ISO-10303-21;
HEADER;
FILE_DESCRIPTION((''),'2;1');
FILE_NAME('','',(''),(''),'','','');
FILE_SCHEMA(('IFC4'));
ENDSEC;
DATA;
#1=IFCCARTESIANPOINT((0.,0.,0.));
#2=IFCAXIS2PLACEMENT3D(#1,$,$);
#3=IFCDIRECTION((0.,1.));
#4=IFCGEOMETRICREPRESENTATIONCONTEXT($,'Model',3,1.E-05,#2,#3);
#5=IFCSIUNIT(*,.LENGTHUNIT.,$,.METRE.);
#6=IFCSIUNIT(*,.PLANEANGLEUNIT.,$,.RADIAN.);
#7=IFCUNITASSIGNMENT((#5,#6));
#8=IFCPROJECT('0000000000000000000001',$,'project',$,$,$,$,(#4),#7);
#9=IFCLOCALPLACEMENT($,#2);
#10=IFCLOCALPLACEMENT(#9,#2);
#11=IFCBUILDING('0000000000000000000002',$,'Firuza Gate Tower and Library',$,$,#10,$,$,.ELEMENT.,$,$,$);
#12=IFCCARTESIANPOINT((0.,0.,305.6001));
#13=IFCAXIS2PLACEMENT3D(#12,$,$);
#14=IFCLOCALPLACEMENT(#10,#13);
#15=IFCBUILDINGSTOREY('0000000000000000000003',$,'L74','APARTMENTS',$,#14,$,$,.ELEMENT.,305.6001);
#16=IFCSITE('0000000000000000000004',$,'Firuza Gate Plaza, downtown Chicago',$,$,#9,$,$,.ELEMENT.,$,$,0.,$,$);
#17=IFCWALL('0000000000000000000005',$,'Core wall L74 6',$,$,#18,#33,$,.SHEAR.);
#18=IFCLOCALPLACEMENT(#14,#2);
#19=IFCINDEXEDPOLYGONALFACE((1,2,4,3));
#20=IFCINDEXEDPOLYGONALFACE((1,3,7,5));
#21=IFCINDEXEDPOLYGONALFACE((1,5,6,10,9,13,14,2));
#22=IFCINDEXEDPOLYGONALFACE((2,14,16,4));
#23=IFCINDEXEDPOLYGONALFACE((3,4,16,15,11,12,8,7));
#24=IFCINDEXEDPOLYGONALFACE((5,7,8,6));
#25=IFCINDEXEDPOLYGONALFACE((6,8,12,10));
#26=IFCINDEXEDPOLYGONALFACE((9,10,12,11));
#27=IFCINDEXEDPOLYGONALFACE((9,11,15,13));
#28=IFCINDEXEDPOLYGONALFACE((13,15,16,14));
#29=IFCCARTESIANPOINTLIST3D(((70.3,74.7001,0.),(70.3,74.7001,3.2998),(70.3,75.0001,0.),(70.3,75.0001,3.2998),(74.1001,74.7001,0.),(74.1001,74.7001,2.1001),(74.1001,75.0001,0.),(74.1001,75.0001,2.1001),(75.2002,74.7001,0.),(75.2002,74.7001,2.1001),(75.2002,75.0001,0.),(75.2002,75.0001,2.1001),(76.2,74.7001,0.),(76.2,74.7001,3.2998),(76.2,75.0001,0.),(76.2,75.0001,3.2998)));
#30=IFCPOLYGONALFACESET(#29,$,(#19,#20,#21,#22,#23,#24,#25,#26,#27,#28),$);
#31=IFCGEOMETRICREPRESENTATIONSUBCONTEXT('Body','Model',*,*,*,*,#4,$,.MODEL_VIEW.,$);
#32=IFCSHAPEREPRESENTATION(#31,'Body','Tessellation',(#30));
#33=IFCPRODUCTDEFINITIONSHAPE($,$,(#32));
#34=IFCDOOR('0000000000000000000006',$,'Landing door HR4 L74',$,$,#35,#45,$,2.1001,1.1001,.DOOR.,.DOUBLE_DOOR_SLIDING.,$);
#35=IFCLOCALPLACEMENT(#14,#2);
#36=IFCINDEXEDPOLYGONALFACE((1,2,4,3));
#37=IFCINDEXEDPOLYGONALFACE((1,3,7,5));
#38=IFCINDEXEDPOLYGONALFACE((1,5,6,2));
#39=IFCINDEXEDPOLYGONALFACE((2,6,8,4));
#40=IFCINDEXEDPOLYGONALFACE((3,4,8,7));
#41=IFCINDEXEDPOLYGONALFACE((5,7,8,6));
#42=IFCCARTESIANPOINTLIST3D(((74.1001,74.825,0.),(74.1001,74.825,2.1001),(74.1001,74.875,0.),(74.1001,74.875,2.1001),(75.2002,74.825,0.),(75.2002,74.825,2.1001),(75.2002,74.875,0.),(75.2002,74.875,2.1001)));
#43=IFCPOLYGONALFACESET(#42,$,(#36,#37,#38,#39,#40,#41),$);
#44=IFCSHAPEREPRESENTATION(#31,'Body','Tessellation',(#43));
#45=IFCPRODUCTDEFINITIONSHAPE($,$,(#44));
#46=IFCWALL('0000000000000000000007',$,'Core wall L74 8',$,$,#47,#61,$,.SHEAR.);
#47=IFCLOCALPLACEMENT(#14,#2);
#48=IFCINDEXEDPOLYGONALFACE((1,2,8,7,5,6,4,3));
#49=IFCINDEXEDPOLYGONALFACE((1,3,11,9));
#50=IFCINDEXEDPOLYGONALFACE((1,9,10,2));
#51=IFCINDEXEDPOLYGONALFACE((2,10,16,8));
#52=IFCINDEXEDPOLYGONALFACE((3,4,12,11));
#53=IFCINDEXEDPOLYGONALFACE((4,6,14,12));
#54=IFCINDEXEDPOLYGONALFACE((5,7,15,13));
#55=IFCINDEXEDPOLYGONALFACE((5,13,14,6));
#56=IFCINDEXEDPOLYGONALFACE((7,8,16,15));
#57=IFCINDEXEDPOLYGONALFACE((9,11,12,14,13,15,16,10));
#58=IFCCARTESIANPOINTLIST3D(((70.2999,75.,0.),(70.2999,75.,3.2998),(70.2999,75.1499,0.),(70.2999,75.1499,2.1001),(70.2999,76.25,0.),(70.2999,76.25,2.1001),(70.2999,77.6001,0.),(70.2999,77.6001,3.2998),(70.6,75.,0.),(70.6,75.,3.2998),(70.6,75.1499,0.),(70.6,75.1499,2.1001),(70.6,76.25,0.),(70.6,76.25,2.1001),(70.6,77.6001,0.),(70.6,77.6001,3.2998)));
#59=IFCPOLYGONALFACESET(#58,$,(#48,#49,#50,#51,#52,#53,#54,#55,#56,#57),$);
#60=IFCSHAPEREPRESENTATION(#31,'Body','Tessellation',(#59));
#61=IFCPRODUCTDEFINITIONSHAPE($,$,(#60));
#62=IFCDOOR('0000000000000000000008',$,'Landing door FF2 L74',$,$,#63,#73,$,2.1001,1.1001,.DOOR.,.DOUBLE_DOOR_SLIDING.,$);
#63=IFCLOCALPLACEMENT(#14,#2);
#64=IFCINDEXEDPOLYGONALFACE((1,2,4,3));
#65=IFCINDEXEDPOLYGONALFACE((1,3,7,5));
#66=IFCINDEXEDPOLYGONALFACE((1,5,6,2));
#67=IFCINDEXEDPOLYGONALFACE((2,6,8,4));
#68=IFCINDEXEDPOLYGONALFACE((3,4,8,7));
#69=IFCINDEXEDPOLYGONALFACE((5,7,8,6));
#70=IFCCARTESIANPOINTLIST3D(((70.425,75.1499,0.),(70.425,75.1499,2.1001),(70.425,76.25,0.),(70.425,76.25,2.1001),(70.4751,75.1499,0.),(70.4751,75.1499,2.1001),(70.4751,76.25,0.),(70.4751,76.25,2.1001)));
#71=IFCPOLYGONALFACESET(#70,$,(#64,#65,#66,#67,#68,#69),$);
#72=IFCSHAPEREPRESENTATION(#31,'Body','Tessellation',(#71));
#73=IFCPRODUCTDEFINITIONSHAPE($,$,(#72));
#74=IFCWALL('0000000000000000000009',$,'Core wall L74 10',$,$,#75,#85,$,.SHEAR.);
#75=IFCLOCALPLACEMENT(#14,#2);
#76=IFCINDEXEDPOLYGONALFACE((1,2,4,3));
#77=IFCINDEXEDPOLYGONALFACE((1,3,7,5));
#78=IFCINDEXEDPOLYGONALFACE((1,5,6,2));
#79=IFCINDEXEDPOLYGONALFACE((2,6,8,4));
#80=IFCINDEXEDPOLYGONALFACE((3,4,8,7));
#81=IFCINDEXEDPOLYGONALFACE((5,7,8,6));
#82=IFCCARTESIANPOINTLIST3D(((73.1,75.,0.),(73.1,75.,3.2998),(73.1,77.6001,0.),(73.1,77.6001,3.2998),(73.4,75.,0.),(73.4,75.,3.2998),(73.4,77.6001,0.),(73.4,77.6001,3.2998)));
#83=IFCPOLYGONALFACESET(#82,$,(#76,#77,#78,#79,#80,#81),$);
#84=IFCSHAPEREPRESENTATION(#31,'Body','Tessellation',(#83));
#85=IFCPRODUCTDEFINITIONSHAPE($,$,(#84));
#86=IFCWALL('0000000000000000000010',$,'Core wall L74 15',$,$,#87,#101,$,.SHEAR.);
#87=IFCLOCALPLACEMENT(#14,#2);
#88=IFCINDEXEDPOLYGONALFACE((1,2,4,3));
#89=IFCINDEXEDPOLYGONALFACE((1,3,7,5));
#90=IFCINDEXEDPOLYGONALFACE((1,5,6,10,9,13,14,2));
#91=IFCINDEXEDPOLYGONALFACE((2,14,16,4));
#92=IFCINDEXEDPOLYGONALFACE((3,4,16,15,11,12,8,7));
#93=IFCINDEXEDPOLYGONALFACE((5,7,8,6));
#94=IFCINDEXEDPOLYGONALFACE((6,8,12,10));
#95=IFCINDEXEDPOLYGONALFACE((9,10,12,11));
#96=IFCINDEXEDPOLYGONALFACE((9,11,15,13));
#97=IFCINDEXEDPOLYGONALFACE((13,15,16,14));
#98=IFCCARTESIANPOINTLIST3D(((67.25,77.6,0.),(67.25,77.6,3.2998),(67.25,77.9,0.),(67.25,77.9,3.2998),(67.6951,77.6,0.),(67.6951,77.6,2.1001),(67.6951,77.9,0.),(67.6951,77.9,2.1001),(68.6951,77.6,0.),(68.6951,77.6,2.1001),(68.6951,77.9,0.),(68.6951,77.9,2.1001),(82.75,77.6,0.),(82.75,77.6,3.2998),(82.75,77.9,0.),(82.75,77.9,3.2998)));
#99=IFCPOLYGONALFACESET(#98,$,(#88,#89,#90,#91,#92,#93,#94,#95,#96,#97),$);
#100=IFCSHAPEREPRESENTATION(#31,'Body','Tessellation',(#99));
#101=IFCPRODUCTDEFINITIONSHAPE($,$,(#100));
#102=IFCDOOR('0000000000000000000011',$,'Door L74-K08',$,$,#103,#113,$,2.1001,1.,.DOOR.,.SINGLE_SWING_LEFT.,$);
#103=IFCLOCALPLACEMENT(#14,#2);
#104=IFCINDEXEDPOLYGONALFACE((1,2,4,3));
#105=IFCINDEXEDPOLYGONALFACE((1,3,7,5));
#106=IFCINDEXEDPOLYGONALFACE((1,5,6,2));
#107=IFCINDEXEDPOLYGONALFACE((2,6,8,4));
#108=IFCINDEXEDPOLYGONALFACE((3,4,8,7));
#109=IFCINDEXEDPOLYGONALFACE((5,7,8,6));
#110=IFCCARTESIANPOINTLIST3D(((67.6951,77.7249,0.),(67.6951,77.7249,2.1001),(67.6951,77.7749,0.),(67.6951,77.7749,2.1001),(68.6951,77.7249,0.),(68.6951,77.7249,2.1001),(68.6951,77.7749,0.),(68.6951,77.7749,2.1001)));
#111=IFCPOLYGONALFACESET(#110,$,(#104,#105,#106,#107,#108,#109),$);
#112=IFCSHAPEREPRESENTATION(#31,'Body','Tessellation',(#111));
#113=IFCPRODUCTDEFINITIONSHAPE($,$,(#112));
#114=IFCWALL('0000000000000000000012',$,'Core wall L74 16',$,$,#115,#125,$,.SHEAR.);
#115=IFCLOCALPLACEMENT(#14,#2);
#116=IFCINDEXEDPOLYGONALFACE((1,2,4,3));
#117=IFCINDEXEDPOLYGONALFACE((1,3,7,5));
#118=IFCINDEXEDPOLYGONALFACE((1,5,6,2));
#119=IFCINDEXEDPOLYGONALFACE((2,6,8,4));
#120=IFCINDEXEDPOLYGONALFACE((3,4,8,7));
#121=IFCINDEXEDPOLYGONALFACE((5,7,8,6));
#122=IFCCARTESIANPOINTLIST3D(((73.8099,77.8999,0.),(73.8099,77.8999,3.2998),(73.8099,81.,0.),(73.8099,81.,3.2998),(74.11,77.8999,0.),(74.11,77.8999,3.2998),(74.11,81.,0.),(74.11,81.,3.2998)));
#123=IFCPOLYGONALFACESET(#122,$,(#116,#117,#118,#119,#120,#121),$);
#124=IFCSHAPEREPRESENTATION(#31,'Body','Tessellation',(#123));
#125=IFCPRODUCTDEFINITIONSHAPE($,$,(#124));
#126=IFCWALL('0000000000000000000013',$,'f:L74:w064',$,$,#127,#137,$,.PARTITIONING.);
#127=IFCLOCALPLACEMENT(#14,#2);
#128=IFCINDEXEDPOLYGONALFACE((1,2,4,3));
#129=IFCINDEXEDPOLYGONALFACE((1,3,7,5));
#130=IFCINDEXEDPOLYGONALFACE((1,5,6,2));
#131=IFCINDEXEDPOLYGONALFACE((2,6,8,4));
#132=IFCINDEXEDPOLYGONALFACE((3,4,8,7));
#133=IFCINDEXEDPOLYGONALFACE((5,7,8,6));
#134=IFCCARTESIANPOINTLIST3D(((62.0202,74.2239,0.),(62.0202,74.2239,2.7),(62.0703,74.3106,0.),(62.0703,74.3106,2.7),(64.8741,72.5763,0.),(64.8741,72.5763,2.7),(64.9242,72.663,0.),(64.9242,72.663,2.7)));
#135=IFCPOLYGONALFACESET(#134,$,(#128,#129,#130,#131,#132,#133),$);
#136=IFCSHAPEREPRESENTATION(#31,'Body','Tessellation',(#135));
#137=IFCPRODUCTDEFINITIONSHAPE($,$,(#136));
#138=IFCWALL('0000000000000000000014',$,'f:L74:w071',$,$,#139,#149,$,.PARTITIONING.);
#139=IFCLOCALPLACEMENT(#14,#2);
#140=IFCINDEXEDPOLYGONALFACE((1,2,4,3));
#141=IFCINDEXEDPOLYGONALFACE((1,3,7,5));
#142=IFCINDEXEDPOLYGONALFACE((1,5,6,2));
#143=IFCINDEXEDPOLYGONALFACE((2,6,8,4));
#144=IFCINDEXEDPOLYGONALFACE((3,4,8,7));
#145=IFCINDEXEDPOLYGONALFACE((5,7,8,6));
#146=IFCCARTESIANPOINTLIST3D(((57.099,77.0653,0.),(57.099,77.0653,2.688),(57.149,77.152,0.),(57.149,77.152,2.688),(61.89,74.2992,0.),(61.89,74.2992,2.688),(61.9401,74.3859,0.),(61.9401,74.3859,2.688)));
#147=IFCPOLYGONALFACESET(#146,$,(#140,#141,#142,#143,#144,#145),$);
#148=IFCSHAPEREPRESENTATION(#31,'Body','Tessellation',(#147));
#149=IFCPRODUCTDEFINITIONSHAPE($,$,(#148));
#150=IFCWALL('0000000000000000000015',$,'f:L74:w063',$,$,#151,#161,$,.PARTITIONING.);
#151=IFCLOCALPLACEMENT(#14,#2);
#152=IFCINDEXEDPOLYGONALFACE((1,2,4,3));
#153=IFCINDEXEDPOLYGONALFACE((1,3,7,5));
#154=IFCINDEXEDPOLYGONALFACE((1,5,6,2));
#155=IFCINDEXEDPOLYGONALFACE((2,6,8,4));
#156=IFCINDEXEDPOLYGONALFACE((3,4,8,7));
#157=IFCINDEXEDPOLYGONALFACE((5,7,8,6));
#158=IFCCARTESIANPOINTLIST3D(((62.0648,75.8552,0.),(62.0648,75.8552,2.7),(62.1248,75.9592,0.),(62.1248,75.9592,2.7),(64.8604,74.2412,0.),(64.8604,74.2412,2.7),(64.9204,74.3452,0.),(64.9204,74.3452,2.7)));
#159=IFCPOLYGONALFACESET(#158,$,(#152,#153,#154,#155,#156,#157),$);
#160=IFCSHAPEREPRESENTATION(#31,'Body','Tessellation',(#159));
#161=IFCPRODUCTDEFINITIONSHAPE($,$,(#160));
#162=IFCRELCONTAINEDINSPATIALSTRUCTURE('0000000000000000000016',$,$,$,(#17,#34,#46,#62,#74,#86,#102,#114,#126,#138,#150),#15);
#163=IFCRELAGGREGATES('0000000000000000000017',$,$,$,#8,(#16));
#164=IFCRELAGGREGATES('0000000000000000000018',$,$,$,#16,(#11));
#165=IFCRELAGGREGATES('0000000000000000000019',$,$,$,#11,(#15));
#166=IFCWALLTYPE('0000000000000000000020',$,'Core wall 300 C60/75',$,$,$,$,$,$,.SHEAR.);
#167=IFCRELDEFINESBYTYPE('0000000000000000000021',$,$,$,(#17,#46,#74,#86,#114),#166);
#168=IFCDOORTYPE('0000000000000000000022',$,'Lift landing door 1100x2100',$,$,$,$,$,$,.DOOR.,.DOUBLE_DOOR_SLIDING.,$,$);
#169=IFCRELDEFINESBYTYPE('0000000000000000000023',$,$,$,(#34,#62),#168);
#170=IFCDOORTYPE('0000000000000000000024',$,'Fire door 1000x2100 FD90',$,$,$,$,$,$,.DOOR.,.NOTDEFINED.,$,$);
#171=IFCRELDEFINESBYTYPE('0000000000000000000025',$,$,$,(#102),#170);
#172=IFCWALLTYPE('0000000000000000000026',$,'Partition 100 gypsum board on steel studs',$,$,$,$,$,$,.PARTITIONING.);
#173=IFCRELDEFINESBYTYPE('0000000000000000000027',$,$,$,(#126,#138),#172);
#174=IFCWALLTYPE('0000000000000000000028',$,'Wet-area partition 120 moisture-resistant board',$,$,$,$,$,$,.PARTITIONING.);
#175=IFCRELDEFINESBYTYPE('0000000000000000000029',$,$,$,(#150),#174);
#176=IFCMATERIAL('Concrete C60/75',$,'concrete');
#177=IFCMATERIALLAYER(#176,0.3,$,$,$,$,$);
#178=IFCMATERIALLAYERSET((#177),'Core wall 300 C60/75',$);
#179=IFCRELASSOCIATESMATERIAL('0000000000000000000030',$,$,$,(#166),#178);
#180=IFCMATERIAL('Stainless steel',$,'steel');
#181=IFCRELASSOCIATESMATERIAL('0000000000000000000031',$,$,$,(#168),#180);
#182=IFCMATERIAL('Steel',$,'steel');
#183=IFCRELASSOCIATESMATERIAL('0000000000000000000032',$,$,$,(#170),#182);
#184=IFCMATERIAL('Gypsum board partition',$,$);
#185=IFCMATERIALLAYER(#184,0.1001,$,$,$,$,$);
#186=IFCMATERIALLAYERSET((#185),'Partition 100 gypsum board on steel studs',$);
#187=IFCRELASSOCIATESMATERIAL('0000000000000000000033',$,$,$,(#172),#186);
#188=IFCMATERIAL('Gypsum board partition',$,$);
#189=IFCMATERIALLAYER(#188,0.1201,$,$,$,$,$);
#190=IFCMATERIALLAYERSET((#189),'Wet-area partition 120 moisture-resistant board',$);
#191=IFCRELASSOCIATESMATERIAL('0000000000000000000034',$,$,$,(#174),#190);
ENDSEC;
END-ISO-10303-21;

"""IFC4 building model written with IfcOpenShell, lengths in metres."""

from ifc_helpers import new_model, si_unit, direction, frame, frame_2d, origin, place, context, subcontext, project, spatial, rectangle, extrude, material, layer, layer_set, type_object, element, fill, save


model = new_model("IFC4")

# Units and contexts
model_context = context("Model", 3, precision=1e-05, world=origin(), true_north=direction((0.0, 1.0)))
body_context = subcontext(model_context, "Body", "Model", "MODEL_VIEW")
ifc_project = project(units=[si_unit("LENGTHUNIT", "METRE"), si_unit("PLANEANGLEUNIT", "RADIAN")], contexts=[model_context])

# Site, building, storey
site_placement = place(None, origin())
site = spatial("IfcSite", under=ifc_project, at=site_placement, Name="Firuza Gate Plaza, downtown Chicago", CompositionType="ELEMENT", RefElevation=0.0)
building_placement = place(site_placement, origin())
building = spatial("IfcBuilding", under=site, at=building_placement, Name="Firuza Gate Tower and Library", CompositionType="ELEMENT")
storey_placement = place(building_placement, frame((0.0, 0.0, 305.6001)))
storey = spatial("IfcBuildingStorey", under=building, at=storey_placement, Name="L74", Description="APARTMENTS", CompositionType="ELEMENT", Elevation=305.6001)

# Shared definitions
ifc_material_1 = material(Name="Concrete C60/75", Category="concrete")
ifc_layer_1 = layer(ifc_material_1, 0.3)
ifc_layer_set_1 = layer_set([ifc_layer_1], Name="Core wall 300 C60/75")
wall_type_1 = type_object("IfcWallType", Name="Core wall 300 C60/75", PredefinedType="SHEAR", material=ifc_layer_set_1)
ifc_material_2 = material(Name="Stainless steel", Category="steel")
door_type_1 = type_object("IfcDoorType", Name="Lift landing door 1100x2100", OperationType="DOUBLE_DOOR_SLIDING", PredefinedType="DOOR", material=ifc_material_2)

# Walls, openings, doors
wall_1_placement = place(storey_placement, frame((70.3, 74.8501, 0.0), z_axis=(0.0, 0.0, 1.0), x_axis=(1.0, 0.0, 0.0)))
wall_1 = element("IfcWall", 1, at=wall_1_placement, inside=storey, type_object=wall_type_1, Name="Core wall L74 6", PredefinedType="SHEAR", context=body_context, shape_type="SweptSolid", body=[
    extrude(rectangle(XDim=5.8999, YDim=0.3, at=frame_2d((2.95, 0.0))), origin(), (0.0, 0.0, 1.0), 3.2998),
])
opening_1_placement = place(wall_1_placement, frame((3.8, 0.0, 0.0)))
opening_1 = element("IfcOpeningElement", 2, at=opening_1_placement, cuts=wall_1, PredefinedType="OPENING", context=body_context, shape_type="SweptSolid", body=[
    extrude(rectangle(XDim=1.1001, YDim=2.1001, at=frame_2d((0.55, 1.05))), frame((0.0, 0.1602, 0.0), z_axis=(0.0, -1.0, 0.0), x_axis=(1.0, 0.0, 0.0)), (0.0, 0.0, 1.0), 0.3201),
])
door_1_placement = place(opening_1_placement, origin())
door_1 = element("IfcDoor", 3, at=door_1_placement, inside=storey, type_object=door_type_1, Name="Landing door HR4 L74", OperationType="DOUBLE_DOOR_SLIDING", OverallHeight=2.1001, OverallWidth=1.1001, PredefinedType="DOOR", context=body_context, shape_type="SweptSolid", body=[
    extrude(rectangle(XDim=1.1001, YDim=2.1001, at=frame_2d((0.55, 1.05))), frame((0.0, 0.0249, 0.0), z_axis=(0.0, -1.0, 0.0), x_axis=(1.0, 0.0, 0.0)), (0.0, 0.0, 1.0), 0.05),
])
fill(opening_1, door_1)
wall_2_placement = place(storey_placement, frame((70.45, 75.0, 0.0), z_axis=(0.0, 0.0, 1.0), x_axis=(0.0, 1.0, 0.0)))
wall_2 = element("IfcWall", 4, at=wall_2_placement, inside=storey, type_object=wall_type_1, Name="Core wall L74 8", PredefinedType="SHEAR", context=body_context, shape_type="SweptSolid", body=[
    extrude(rectangle(XDim=2.6001, YDim=0.3, at=frame_2d((1.3, 0.0))), origin(), (0.0, 0.0, 1.0), 3.2998),
])
opening_2_placement = place(wall_2_placement, frame((0.1499, 0.0, 0.0)))
opening_2 = element("IfcOpeningElement", 5, at=opening_2_placement, cuts=wall_2, PredefinedType="OPENING", context=body_context, shape_type="SweptSolid", body=[
    extrude(rectangle(XDim=1.1001, YDim=2.1001, at=frame_2d((0.55, 1.05))), frame((0.0, 0.1602, 0.0), z_axis=(0.0, -1.0, 0.0), x_axis=(1.0, 0.0, 0.0)), (0.0, 0.0, 1.0), 0.3201),
])
door_2_placement = place(opening_2_placement, origin())
door_2 = element("IfcDoor", 6, at=door_2_placement, inside=storey, type_object=door_type_1, Name="Landing door FF2 L74", OperationType="DOUBLE_DOOR_SLIDING", OverallHeight=2.1001, OverallWidth=1.1001, PredefinedType="DOOR", context=body_context, shape_type="SweptSolid", body=[
    extrude(rectangle(XDim=1.1001, YDim=2.1001, at=frame_2d((0.55, 1.05))), frame((0.0, 0.0249, 0.0), z_axis=(0.0, -1.0, 0.0), x_axis=(1.0, 0.0, 0.0)), (0.0, 0.0, 1.0), 0.05),
])
fill(opening_2, door_2)

# Wall
wall_3_placement = place(storey_placement, frame((73.25, 75.0, 0.0), z_axis=(0.0, 0.0, 1.0), x_axis=(0.0, 1.0, 0.0)))
element("IfcWall", 7, at=wall_3_placement, inside=storey, type_object=wall_type_1, Name="Core wall L74 10", PredefinedType="SHEAR", context=body_context, shape_type="SweptSolid", body=[
    extrude(rectangle(XDim=2.6001, YDim=0.3, at=frame_2d((1.3, 0.0))), origin(), (0.0, 0.0, 1.0), 3.2998),
])

# Wall, opening, door
wall_4_placement = place(storey_placement, frame((67.25, 77.75, 0.0), z_axis=(0.0, 0.0, 1.0), x_axis=(1.0, 0.0, 0.0)))
wall_4 = element("IfcWall", 8, at=wall_4_placement, inside=storey, type_object=wall_type_1, Name="Core wall L74 15", PredefinedType="SHEAR", context=body_context, shape_type="SweptSolid", body=[
    extrude(rectangle(XDim=15.5, YDim=0.3, at=frame_2d((7.75, 0.0))), origin(), (0.0, 0.0, 1.0), 3.2998),
])
opening_3_placement = place(wall_4_placement, frame((0.4451, 0.0, 0.0)))
opening_3 = element("IfcOpeningElement", 9, at=opening_3_placement, cuts=wall_4, PredefinedType="OPENING", context=body_context, shape_type="SweptSolid", body=[
    extrude(rectangle(XDim=1.0, YDim=2.1001, at=frame_2d((0.5, 1.05))), frame((0.0, 0.1602, 0.0), z_axis=(0.0, -1.0, 0.0), x_axis=(1.0, 0.0, 0.0)), (0.0, 0.0, 1.0), 0.3201),
])
ifc_material_3 = material(Name="Steel", Category="steel")
door_type_2 = type_object("IfcDoorType", Name="Fire door 1000x2100 FD90", OperationType="NOTDEFINED", PredefinedType="DOOR", material=ifc_material_3)
door_3_placement = place(opening_3_placement, origin())
door_3 = element("IfcDoor", 10, at=door_3_placement, inside=storey, type_object=door_type_2, Name="Door L74-K08", OperationType="SINGLE_SWING_LEFT", OverallHeight=2.1001, OverallWidth=1.0, PredefinedType="DOOR", context=body_context, shape_type="SweptSolid", body=[
    extrude(rectangle(XDim=1.0, YDim=2.1001, at=frame_2d((0.5, 1.05))), frame((0.0, 0.0249, 0.0), z_axis=(0.0, -1.0, 0.0), x_axis=(1.0, 0.0, 0.0)), (0.0, 0.0, 1.0), 0.05),
])
fill(opening_3, door_3)

# Walls
wall_5_placement = place(storey_placement, frame((73.96, 77.8999, 0.0), z_axis=(0.0, 0.0, 1.0), x_axis=(0.0, 1.0, 0.0)))
element("IfcWall", 11, at=wall_5_placement, inside=storey, type_object=wall_type_1, Name="Core wall L74 16", PredefinedType="SHEAR", context=body_context, shape_type="SweptSolid", body=[
    extrude(rectangle(XDim=3.1001, YDim=0.3, at=frame_2d((1.55, 0.0))), origin(), (0.0, 0.0, 1.0), 3.2998),
])
ifc_material_4 = material(Name="Gypsum board partition")
ifc_layer_2 = layer(ifc_material_4, 0.1001)
ifc_layer_set_2 = layer_set([ifc_layer_2], Name="Partition 100 gypsum board on steel studs")
wall_type_2 = type_object("IfcWallType", Name="Partition 100 gypsum board on steel studs", PredefinedType="PARTITIONING", material=ifc_layer_set_2)
wall_6_placement = place(storey_placement, frame((64.8992, 72.6196, 0.0), z_axis=(0.0, 0.0, 1.0), x_axis=(-0.866033, 0.499988, 0.0)))
element("IfcWall", 12, at=wall_6_placement, inside=storey, type_object=wall_type_2, Name="f:L74:w064", PredefinedType="PARTITIONING", context=body_context, shape_type="SweptSolid", body=[
    extrude(rectangle(XDim=3.2954, YDim=0.1001, at=frame_2d((1.6477, 0.0))), origin(), (0.0, 0.0, 1.0), 2.7),
])
wall_7_placement = place(storey_placement, frame((61.915, 74.3425, 0.0), z_axis=(0.0, 0.0, 1.0), x_axis=(-0.866024, 0.500003, 0.0)))
element("IfcWall", 13, at=wall_7_placement, inside=storey, type_object=wall_type_2, Name="f:L74:w071", PredefinedType="PARTITIONING", context=body_context, shape_type="SweptSolid", body=[
    extrude(rectangle(XDim=5.5322, YDim=0.1001, at=frame_2d((2.7661, 0.0))), origin(), (0.0, 0.0, 1.0), 2.688),
])
ifc_material_5 = material(Name="Gypsum board partition")
ifc_layer_3 = layer(ifc_material_5, 0.1201)
ifc_layer_set_3 = layer_set([ifc_layer_3], Name="Wet-area partition 120 moisture-resistant board")
wall_type_3 = type_object("IfcWallType", Name="Wet-area partition 120 moisture-resistant board", PredefinedType="PARTITIONING", material=ifc_layer_set_3)
wall_8_placement = place(storey_placement, frame((64.8904, 74.2932, 0.0), z_axis=(0.0, 0.0, 1.0), x_axis=(-0.866033, 0.499987, 0.0)))
element("IfcWall", 14, at=wall_8_placement, inside=storey, type_object=wall_type_3, Name="f:L74:w063", PredefinedType="PARTITIONING", context=body_context, shape_type="SweptSolid", body=[
    extrude(rectangle(XDim=3.228, YDim=0.1201, at=frame_2d((1.614, 0.0))), origin(), (0.0, 0.0, 1.0), 2.7),
])

save(model, "model.ifc")
